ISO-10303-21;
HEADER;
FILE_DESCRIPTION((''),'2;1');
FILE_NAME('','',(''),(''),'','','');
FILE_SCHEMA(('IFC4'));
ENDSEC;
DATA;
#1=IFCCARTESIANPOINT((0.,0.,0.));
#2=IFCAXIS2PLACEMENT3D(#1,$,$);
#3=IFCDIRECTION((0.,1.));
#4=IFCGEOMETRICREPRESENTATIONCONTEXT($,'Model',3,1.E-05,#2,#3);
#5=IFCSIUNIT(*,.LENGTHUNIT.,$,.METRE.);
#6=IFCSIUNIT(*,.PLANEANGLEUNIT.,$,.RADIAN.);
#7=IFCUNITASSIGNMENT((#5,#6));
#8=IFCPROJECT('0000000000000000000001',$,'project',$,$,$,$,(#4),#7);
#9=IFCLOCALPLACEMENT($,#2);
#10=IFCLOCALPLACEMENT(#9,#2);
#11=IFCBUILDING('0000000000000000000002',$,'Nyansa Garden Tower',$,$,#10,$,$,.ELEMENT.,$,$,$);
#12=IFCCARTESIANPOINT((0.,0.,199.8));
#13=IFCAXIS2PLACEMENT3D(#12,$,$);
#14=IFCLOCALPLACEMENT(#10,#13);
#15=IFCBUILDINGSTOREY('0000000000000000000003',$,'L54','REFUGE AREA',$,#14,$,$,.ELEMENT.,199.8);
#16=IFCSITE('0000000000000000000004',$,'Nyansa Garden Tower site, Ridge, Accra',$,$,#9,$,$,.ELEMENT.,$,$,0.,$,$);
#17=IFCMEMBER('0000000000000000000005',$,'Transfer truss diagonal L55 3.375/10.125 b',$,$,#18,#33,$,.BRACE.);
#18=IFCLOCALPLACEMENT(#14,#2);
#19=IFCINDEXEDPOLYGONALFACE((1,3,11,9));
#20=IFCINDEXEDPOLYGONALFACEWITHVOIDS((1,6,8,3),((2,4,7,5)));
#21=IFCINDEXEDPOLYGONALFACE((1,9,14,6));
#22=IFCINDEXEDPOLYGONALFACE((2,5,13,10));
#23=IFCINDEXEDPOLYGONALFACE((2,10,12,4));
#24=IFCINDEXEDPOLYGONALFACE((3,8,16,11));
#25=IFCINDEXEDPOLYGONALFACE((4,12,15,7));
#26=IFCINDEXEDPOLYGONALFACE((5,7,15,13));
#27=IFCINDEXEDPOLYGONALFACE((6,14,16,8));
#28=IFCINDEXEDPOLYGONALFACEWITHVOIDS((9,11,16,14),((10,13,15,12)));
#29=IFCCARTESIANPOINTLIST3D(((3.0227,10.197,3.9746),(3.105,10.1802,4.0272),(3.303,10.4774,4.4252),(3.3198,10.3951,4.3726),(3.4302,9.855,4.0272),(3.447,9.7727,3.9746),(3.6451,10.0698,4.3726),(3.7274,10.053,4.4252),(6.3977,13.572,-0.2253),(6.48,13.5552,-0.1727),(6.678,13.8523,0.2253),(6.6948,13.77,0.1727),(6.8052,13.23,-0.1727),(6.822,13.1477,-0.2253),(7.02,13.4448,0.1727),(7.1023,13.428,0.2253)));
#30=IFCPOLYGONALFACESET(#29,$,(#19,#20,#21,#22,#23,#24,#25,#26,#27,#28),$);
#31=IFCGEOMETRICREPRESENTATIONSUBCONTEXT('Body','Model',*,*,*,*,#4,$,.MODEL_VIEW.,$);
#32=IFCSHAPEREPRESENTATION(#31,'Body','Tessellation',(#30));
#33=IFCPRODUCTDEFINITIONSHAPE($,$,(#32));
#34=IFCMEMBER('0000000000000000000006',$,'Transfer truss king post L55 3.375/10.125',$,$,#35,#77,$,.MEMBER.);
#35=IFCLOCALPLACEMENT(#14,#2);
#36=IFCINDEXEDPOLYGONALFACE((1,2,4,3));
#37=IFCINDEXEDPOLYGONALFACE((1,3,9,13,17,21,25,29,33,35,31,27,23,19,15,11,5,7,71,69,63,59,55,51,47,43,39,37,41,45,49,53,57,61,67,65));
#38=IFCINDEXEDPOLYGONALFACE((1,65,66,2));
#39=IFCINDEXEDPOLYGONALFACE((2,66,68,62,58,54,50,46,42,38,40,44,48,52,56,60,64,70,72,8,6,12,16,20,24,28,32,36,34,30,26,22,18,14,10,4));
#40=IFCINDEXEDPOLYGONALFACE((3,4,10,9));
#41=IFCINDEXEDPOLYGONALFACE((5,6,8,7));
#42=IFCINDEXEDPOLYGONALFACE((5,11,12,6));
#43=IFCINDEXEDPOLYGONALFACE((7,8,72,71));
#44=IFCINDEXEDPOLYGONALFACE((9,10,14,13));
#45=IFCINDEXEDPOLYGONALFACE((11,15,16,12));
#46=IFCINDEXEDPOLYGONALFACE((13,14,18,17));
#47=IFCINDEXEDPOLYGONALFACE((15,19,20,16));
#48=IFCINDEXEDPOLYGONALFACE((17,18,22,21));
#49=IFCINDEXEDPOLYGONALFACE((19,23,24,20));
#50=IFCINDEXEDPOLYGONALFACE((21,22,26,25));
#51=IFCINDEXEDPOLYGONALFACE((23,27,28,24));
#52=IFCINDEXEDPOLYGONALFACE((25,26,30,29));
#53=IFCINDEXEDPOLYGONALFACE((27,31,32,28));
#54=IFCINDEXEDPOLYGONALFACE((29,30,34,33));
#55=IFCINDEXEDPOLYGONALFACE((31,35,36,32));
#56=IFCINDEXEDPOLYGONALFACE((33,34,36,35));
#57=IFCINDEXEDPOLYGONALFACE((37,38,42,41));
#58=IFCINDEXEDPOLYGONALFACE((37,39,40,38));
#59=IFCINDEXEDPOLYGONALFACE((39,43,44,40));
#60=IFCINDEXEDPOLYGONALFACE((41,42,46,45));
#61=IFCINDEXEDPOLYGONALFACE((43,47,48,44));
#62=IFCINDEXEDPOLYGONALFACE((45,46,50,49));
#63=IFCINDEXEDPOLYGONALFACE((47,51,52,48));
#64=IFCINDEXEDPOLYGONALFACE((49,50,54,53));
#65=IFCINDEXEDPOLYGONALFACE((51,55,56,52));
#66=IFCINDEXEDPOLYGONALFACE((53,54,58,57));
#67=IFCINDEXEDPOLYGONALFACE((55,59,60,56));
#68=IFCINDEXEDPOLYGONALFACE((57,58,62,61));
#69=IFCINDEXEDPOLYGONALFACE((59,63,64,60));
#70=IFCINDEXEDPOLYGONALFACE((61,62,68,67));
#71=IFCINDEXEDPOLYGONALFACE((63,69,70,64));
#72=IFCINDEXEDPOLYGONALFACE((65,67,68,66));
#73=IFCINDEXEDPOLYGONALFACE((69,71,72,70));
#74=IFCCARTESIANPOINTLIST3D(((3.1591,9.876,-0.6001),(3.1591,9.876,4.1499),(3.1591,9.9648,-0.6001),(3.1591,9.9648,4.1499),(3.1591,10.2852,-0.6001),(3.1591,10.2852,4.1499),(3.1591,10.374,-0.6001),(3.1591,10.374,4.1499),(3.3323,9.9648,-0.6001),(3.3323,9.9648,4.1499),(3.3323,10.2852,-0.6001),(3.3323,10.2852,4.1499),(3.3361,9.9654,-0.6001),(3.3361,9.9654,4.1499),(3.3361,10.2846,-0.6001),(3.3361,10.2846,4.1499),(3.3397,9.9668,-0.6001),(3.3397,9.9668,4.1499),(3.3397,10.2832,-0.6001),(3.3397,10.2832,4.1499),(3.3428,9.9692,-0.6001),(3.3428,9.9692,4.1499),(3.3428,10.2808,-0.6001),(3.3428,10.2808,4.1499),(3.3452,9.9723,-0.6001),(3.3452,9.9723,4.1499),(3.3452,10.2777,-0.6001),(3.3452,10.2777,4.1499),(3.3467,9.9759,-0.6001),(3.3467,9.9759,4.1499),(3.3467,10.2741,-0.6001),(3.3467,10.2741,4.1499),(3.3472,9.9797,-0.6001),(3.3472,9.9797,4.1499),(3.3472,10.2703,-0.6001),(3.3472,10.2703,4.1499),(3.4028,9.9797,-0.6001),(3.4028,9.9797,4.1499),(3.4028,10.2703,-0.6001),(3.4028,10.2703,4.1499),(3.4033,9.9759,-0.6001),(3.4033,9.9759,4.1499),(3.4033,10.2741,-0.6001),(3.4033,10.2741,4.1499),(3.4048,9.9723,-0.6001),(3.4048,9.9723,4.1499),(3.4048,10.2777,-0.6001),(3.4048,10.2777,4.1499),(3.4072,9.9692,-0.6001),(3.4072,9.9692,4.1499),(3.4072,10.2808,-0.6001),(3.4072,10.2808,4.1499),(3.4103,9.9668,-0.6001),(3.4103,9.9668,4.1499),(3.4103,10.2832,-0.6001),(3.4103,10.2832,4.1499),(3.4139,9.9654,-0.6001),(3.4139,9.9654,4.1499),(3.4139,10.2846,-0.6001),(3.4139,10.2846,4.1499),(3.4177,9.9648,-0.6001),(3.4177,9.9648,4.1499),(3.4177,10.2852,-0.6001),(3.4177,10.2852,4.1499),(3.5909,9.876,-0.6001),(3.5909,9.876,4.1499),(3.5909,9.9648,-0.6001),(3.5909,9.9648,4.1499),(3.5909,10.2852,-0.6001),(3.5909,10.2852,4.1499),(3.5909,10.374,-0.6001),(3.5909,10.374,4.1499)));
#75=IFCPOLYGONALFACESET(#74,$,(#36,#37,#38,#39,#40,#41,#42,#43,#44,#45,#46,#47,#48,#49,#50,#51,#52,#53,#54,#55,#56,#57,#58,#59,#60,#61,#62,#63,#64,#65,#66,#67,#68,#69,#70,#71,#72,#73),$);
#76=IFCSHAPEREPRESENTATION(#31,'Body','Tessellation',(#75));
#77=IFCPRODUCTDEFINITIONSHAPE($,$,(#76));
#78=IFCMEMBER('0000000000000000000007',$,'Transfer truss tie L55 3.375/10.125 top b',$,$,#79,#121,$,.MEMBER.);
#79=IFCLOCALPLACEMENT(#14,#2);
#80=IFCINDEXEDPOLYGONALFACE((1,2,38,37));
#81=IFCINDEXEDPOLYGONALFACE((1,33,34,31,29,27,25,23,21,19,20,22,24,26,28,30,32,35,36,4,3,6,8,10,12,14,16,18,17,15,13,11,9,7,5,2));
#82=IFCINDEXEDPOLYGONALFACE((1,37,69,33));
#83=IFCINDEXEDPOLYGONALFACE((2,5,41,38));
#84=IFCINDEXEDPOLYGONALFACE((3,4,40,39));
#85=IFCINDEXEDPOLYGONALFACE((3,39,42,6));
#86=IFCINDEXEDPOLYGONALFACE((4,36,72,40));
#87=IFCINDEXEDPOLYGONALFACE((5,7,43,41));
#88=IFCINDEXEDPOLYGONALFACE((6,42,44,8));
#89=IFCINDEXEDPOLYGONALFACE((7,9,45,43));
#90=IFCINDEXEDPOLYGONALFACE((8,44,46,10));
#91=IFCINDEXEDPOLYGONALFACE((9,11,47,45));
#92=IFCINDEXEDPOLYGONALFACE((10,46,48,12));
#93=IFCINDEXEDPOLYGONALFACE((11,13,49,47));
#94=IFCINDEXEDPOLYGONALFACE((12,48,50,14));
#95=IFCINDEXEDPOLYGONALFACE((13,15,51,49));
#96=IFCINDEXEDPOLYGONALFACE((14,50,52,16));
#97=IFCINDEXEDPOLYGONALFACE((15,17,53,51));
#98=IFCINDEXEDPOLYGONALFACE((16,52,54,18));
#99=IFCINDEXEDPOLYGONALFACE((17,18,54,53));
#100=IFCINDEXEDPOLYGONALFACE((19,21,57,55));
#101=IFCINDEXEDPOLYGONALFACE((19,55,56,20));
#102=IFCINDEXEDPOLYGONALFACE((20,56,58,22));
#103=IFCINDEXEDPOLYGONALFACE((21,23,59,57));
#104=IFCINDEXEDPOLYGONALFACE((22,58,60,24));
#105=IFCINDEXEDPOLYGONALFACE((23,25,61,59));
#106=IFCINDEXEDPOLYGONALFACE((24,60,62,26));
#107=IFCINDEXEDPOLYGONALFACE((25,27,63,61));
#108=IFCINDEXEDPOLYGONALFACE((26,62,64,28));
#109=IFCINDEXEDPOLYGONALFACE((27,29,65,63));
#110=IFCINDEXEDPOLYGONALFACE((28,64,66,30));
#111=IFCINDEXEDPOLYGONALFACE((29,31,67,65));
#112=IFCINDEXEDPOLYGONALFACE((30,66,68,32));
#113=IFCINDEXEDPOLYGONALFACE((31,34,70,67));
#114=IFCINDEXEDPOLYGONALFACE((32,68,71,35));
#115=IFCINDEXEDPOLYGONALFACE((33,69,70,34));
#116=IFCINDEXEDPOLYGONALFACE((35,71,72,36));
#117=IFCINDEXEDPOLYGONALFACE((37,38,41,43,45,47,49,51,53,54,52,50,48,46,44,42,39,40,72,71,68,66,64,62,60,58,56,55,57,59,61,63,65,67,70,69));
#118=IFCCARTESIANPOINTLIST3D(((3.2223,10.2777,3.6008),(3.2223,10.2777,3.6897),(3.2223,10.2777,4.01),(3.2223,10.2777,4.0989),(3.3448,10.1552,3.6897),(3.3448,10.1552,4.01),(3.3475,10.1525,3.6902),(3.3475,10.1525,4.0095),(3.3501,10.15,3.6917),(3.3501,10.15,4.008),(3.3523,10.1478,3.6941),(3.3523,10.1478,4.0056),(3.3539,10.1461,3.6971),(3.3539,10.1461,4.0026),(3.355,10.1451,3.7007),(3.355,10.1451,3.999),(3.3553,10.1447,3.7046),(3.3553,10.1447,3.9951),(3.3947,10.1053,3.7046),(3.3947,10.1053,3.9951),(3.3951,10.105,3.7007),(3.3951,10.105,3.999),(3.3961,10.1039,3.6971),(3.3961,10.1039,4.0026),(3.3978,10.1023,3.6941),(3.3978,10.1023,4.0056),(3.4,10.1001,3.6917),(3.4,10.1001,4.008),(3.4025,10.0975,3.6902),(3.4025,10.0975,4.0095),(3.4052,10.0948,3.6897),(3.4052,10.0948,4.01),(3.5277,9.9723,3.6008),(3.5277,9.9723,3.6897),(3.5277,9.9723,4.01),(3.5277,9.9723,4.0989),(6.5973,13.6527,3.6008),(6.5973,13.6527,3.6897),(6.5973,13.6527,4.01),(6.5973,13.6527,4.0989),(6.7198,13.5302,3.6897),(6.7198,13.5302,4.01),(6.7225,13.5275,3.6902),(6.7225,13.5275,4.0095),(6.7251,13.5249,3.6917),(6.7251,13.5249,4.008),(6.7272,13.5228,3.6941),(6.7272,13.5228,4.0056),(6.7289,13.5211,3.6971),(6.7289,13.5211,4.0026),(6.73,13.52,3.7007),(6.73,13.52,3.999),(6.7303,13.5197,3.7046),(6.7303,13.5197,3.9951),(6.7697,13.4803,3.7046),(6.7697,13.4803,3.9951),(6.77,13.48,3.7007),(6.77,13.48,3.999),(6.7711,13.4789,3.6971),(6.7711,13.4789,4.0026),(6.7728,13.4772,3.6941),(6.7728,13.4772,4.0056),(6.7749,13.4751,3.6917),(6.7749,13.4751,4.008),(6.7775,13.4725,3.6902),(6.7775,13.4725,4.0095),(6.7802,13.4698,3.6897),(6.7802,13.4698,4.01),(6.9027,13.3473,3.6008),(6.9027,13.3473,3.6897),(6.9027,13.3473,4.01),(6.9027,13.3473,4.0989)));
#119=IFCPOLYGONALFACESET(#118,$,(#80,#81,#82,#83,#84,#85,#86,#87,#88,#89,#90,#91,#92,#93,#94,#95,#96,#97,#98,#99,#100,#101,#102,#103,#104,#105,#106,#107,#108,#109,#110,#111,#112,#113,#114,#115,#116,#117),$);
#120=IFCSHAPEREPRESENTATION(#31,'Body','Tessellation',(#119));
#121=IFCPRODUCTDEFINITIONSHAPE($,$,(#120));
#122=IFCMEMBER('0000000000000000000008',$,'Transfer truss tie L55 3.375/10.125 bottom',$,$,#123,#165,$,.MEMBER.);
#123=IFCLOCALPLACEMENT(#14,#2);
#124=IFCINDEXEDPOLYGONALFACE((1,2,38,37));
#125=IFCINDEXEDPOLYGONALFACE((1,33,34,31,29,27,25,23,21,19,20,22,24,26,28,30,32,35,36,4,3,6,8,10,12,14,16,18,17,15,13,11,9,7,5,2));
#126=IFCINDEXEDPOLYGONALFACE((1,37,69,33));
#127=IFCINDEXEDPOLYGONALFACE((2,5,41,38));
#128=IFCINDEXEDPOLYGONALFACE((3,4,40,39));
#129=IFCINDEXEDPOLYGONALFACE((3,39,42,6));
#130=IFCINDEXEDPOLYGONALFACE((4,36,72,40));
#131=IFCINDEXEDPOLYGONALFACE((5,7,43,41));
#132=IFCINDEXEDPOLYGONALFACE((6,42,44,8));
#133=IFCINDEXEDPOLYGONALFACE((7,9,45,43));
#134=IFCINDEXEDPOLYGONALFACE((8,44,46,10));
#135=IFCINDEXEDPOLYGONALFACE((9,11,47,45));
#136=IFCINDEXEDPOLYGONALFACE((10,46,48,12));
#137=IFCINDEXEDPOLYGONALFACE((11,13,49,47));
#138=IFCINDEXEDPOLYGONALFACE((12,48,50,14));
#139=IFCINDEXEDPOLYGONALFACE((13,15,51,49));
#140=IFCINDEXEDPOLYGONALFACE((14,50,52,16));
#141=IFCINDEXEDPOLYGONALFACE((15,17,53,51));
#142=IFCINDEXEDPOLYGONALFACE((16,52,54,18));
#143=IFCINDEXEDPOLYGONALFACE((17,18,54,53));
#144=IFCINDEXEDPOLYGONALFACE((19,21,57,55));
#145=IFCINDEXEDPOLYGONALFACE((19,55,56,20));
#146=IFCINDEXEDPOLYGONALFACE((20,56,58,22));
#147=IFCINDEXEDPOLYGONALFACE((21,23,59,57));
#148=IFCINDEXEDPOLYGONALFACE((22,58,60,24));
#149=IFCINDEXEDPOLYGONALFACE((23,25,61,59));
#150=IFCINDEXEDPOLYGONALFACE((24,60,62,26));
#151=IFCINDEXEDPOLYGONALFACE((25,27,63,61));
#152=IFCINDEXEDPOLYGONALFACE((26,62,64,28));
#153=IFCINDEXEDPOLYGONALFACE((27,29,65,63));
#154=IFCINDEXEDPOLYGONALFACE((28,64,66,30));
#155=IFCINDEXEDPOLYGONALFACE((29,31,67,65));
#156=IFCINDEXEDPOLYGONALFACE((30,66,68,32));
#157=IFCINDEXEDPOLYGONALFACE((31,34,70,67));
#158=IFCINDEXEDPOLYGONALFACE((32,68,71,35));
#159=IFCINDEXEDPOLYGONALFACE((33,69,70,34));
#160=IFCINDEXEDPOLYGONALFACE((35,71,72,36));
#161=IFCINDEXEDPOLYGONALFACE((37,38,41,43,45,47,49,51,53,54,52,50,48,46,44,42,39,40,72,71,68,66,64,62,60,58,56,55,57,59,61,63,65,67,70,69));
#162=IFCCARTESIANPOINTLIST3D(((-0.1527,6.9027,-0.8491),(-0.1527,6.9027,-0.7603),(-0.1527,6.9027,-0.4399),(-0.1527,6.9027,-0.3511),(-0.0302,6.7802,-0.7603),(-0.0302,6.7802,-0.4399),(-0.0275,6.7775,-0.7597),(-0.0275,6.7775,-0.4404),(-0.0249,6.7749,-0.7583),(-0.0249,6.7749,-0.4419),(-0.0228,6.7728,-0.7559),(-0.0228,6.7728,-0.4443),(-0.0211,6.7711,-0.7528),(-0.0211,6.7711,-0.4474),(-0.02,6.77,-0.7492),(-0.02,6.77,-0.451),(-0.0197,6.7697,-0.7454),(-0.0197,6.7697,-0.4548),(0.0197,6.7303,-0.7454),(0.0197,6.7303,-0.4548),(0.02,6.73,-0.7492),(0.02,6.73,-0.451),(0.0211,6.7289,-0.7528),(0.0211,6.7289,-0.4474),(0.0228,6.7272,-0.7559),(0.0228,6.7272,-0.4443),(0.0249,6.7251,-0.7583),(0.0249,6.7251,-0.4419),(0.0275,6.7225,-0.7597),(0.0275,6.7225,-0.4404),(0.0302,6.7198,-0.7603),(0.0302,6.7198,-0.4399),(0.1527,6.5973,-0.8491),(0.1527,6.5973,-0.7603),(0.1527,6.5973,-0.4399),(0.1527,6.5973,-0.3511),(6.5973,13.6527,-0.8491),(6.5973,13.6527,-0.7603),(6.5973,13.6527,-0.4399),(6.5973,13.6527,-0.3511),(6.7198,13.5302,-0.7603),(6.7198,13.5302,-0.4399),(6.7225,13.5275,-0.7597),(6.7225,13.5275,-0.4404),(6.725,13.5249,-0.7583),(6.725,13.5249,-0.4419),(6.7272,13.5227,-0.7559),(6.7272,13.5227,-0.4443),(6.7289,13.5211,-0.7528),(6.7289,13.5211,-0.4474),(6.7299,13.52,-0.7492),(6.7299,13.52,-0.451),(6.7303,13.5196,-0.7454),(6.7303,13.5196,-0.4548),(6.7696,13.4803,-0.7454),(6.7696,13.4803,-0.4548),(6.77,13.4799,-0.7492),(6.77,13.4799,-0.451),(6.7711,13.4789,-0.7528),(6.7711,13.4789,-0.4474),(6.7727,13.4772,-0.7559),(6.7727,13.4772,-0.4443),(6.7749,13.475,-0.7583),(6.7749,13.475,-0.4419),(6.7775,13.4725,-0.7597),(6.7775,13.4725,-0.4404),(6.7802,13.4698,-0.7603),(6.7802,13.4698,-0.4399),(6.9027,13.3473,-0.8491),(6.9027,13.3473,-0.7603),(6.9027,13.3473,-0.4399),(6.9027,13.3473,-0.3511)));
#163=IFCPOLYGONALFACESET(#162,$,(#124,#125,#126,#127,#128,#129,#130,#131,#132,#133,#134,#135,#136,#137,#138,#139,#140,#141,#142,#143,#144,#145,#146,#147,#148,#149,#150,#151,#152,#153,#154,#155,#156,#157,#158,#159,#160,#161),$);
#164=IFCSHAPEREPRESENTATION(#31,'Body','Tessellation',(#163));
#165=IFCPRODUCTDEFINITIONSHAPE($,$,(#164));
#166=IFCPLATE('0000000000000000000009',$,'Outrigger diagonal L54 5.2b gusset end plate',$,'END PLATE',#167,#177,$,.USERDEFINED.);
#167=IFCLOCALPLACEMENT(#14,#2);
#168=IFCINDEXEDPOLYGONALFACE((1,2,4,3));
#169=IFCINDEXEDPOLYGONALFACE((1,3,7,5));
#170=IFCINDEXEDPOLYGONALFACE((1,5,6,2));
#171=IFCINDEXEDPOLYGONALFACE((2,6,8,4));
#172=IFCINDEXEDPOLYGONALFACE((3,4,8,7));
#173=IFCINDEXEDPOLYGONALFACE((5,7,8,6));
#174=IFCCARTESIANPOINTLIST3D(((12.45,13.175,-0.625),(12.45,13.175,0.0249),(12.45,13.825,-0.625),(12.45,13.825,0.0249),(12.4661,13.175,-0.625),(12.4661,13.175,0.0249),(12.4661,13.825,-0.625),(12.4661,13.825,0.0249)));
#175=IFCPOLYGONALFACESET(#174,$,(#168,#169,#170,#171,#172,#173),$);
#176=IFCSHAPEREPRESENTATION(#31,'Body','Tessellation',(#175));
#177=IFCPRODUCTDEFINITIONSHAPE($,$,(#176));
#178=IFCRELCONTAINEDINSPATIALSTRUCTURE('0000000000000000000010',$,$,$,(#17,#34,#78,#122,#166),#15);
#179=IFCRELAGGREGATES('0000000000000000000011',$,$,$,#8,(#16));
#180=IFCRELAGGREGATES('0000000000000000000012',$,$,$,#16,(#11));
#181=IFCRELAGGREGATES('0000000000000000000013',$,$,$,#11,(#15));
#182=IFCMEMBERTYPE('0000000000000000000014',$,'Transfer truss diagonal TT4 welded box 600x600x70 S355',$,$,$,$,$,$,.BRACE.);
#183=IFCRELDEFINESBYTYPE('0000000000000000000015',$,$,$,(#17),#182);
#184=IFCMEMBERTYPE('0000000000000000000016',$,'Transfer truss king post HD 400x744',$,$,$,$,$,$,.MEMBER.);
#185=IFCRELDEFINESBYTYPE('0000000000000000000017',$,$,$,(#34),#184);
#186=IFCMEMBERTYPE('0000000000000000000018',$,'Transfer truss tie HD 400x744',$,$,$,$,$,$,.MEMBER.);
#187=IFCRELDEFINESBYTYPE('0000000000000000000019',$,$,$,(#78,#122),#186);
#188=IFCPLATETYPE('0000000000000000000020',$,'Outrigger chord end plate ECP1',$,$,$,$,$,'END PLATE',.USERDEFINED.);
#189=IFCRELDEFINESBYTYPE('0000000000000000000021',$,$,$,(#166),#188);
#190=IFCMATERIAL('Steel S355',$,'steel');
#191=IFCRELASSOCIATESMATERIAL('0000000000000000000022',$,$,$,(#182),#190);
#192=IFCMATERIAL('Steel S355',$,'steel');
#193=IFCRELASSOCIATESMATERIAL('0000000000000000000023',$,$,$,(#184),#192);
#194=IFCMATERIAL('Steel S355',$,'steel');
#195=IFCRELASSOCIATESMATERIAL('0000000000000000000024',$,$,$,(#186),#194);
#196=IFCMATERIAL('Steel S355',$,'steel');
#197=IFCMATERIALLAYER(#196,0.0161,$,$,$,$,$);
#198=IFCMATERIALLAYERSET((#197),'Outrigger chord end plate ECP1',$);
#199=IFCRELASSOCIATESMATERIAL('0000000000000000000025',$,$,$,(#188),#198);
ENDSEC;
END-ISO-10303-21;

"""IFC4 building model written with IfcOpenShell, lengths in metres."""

from ifc_helpers import new_model, si_unit, direction, frame, origin, origin_2d, place, context, subcontext, project, spatial, rectangle, hollow_rectangle, i_section, extrude, material, layer, layer_set, material_profile, profile_set, type_object, element, save


model = new_model("IFC4")

# Units and contexts
model_context = context("Model", 3, precision=1e-05, world=origin(), true_north=direction((0.0, 1.0)))
body_context = subcontext(model_context, "Body", "Model", "MODEL_VIEW")
ifc_project = project(units=[si_unit("LENGTHUNIT", "METRE"), si_unit("PLANEANGLEUNIT", "RADIAN")], contexts=[model_context])

# Site, building, storey
site_placement = place(None, origin())
site = spatial("IfcSite", under=ifc_project, at=site_placement, Name="Nyansa Garden Tower site, Ridge, Accra", CompositionType="ELEMENT", RefElevation=0.0)
building_placement = place(site_placement, origin())
building = spatial("IfcBuilding", under=site, at=building_placement, Name="Nyansa Garden Tower", CompositionType="ELEMENT")
storey_placement = place(building_placement, frame((0.0, 0.0, 199.8)))
storey = spatial("IfcBuildingStorey", under=building, at=storey_placement, Name="L54", Description="REFUGE AREA", CompositionType="ELEMENT", Elevation=199.8)

# Members
ifc_material_1 = material(Name="Steel S355", Category="steel")
ifc_material_profile_1 = material_profile(ifc_material_1, hollow_rectangle(XDim=0.6001, YDim=0.6001, WallThickness=0.0701, at=origin_2d()), Name="Welded box 600x600x70")
ifc_profile_set_1 = profile_set([ifc_material_profile_1], Name="Steel S355")
member_type_1 = type_object("IfcMemberType", Name="Transfer truss diagonal TT4 welded box 600x600x70 S355", PredefinedType="BRACE", material=ifc_profile_set_1)
member_1_placement = place(storey_placement, frame((6.75, 13.5, 0.0), z_axis=(-0.530849, -0.530849, 0.660605), x_axis=(0.707107, -0.707107, 0.0)))
element("IfcMember", 1, at=member_1_placement, inside=storey, type_object=member_type_1, Name="Transfer truss diagonal L55 3.375/10.125 b", PredefinedType="BRACE", context=body_context, shape_type="SweptSolid", body=[
    extrude(hollow_rectangle(XDim=0.6001, YDim=0.6001, WallThickness=0.0701, at=origin_2d()), origin(), (0.0, 0.0, 1.0), 6.3577),
])
ifc_material_2 = material(Name="Steel S355", Category="steel")
ifc_material_profile_2 = material_profile(ifc_material_2, i_section(OverallWidth=0.4319, OverallDepth=0.498, WebThickness=0.0557, FlangeThickness=0.0889, FilletRadius=0.0149, at=origin_2d()), Name="HD 400x744")
ifc_profile_set_2 = profile_set([ifc_material_profile_2], Name="Steel S355")
member_type_2 = type_object("IfcMemberType", Name="Transfer truss king post HD 400x744", PredefinedType="MEMBER", material=ifc_profile_set_2)
member_2_placement = place(storey_placement, frame((3.375, 10.125, -0.6001), z_axis=(0.0, 0.0, 1.0), x_axis=(1.0, 0.0, 0.0)))
element("IfcMember", 2, at=member_2_placement, inside=storey, type_object=member_type_2, Name="Transfer truss king post L55 3.375/10.125", PredefinedType="MEMBER", context=body_context, shape_type="SweptSolid", body=[
    extrude(i_section(OverallWidth=0.4319, OverallDepth=0.498, WebThickness=0.0557, FlangeThickness=0.0889, FilletRadius=0.0149, at=origin_2d()), origin(), (0.0, 0.0, 1.0), 4.75),
])
ifc_material_3 = material(Name="Steel S355", Category="steel")
ifc_material_profile_3 = material_profile(ifc_material_3, i_section(OverallWidth=0.4319, OverallDepth=0.498, WebThickness=0.0557, FlangeThickness=0.0889, FilletRadius=0.0149, at=origin_2d()), Name="HD 400x744")
ifc_profile_set_3 = profile_set([ifc_material_profile_3], Name="Steel S355")
member_type_3 = type_object("IfcMemberType", Name="Transfer truss tie HD 400x744", PredefinedType="MEMBER", material=ifc_profile_set_3)
member_3_placement = place(storey_placement, frame((6.75, 13.5, 3.8499), z_axis=(-0.707107, -0.707107, 0.0), x_axis=(0.707107, -0.707107, 0.0)))
element("IfcMember", 3, at=member_3_placement, inside=storey, type_object=member_type_3, Name="Transfer truss tie L55 3.375/10.125 top b", PredefinedType="MEMBER", context=body_context, shape_type="SweptSolid", body=[
    extrude(i_section(OverallWidth=0.4319, OverallDepth=0.498, WebThickness=0.0557, FlangeThickness=0.0889, FilletRadius=0.0149, at=origin_2d()), origin(), (0.0, 0.0, 1.0), 4.7729),
])
member_4_placement = place(storey_placement, frame((0.0, 6.75, -0.6001), z_axis=(0.707107, 0.707107, 0.0), x_axis=(-0.707107, 0.707107, 0.0)))
element("IfcMember", 4, at=member_4_placement, inside=storey, type_object=member_type_3, Name="Transfer truss tie L55 3.375/10.125 bottom", PredefinedType="MEMBER", context=body_context, shape_type="SweptSolid", body=[
    extrude(i_section(OverallWidth=0.4319, OverallDepth=0.498, WebThickness=0.0557, FlangeThickness=0.0889, FilletRadius=0.0149, at=origin_2d()), origin(), (0.0, 0.0, 1.0), 9.5459),
])

# Plate
ifc_material_4 = material(Name="Steel S355", Category="steel")
ifc_layer_1 = layer(ifc_material_4, 0.0161)
ifc_layer_set_1 = layer_set([ifc_layer_1], Name="Outrigger chord end plate ECP1")
plate_type = type_object("IfcPlateType", Name="Outrigger chord end plate ECP1", ElementType="END PLATE", PredefinedType="USERDEFINED", material=ifc_layer_set_1)
plate_placement = place(storey_placement, frame((12.458, 13.5, -0.625), z_axis=(0.0, 0.0, 1.0), x_axis=(1.0, 0.0, 0.0)))
element("IfcPlate", 5, at=plate_placement, inside=storey, type_object=plate_type, Name="Outrigger diagonal L54 5.2b gusset end plate", ObjectType="END PLATE", PredefinedType="USERDEFINED", context=body_context, shape_type="SweptSolid", body=[
    extrude(rectangle(XDim=0.0161, YDim=0.6499, at=origin_2d()), origin(), (0.0, 0.0, 1.0), 0.6499),
])

save(model, "model.ifc")
